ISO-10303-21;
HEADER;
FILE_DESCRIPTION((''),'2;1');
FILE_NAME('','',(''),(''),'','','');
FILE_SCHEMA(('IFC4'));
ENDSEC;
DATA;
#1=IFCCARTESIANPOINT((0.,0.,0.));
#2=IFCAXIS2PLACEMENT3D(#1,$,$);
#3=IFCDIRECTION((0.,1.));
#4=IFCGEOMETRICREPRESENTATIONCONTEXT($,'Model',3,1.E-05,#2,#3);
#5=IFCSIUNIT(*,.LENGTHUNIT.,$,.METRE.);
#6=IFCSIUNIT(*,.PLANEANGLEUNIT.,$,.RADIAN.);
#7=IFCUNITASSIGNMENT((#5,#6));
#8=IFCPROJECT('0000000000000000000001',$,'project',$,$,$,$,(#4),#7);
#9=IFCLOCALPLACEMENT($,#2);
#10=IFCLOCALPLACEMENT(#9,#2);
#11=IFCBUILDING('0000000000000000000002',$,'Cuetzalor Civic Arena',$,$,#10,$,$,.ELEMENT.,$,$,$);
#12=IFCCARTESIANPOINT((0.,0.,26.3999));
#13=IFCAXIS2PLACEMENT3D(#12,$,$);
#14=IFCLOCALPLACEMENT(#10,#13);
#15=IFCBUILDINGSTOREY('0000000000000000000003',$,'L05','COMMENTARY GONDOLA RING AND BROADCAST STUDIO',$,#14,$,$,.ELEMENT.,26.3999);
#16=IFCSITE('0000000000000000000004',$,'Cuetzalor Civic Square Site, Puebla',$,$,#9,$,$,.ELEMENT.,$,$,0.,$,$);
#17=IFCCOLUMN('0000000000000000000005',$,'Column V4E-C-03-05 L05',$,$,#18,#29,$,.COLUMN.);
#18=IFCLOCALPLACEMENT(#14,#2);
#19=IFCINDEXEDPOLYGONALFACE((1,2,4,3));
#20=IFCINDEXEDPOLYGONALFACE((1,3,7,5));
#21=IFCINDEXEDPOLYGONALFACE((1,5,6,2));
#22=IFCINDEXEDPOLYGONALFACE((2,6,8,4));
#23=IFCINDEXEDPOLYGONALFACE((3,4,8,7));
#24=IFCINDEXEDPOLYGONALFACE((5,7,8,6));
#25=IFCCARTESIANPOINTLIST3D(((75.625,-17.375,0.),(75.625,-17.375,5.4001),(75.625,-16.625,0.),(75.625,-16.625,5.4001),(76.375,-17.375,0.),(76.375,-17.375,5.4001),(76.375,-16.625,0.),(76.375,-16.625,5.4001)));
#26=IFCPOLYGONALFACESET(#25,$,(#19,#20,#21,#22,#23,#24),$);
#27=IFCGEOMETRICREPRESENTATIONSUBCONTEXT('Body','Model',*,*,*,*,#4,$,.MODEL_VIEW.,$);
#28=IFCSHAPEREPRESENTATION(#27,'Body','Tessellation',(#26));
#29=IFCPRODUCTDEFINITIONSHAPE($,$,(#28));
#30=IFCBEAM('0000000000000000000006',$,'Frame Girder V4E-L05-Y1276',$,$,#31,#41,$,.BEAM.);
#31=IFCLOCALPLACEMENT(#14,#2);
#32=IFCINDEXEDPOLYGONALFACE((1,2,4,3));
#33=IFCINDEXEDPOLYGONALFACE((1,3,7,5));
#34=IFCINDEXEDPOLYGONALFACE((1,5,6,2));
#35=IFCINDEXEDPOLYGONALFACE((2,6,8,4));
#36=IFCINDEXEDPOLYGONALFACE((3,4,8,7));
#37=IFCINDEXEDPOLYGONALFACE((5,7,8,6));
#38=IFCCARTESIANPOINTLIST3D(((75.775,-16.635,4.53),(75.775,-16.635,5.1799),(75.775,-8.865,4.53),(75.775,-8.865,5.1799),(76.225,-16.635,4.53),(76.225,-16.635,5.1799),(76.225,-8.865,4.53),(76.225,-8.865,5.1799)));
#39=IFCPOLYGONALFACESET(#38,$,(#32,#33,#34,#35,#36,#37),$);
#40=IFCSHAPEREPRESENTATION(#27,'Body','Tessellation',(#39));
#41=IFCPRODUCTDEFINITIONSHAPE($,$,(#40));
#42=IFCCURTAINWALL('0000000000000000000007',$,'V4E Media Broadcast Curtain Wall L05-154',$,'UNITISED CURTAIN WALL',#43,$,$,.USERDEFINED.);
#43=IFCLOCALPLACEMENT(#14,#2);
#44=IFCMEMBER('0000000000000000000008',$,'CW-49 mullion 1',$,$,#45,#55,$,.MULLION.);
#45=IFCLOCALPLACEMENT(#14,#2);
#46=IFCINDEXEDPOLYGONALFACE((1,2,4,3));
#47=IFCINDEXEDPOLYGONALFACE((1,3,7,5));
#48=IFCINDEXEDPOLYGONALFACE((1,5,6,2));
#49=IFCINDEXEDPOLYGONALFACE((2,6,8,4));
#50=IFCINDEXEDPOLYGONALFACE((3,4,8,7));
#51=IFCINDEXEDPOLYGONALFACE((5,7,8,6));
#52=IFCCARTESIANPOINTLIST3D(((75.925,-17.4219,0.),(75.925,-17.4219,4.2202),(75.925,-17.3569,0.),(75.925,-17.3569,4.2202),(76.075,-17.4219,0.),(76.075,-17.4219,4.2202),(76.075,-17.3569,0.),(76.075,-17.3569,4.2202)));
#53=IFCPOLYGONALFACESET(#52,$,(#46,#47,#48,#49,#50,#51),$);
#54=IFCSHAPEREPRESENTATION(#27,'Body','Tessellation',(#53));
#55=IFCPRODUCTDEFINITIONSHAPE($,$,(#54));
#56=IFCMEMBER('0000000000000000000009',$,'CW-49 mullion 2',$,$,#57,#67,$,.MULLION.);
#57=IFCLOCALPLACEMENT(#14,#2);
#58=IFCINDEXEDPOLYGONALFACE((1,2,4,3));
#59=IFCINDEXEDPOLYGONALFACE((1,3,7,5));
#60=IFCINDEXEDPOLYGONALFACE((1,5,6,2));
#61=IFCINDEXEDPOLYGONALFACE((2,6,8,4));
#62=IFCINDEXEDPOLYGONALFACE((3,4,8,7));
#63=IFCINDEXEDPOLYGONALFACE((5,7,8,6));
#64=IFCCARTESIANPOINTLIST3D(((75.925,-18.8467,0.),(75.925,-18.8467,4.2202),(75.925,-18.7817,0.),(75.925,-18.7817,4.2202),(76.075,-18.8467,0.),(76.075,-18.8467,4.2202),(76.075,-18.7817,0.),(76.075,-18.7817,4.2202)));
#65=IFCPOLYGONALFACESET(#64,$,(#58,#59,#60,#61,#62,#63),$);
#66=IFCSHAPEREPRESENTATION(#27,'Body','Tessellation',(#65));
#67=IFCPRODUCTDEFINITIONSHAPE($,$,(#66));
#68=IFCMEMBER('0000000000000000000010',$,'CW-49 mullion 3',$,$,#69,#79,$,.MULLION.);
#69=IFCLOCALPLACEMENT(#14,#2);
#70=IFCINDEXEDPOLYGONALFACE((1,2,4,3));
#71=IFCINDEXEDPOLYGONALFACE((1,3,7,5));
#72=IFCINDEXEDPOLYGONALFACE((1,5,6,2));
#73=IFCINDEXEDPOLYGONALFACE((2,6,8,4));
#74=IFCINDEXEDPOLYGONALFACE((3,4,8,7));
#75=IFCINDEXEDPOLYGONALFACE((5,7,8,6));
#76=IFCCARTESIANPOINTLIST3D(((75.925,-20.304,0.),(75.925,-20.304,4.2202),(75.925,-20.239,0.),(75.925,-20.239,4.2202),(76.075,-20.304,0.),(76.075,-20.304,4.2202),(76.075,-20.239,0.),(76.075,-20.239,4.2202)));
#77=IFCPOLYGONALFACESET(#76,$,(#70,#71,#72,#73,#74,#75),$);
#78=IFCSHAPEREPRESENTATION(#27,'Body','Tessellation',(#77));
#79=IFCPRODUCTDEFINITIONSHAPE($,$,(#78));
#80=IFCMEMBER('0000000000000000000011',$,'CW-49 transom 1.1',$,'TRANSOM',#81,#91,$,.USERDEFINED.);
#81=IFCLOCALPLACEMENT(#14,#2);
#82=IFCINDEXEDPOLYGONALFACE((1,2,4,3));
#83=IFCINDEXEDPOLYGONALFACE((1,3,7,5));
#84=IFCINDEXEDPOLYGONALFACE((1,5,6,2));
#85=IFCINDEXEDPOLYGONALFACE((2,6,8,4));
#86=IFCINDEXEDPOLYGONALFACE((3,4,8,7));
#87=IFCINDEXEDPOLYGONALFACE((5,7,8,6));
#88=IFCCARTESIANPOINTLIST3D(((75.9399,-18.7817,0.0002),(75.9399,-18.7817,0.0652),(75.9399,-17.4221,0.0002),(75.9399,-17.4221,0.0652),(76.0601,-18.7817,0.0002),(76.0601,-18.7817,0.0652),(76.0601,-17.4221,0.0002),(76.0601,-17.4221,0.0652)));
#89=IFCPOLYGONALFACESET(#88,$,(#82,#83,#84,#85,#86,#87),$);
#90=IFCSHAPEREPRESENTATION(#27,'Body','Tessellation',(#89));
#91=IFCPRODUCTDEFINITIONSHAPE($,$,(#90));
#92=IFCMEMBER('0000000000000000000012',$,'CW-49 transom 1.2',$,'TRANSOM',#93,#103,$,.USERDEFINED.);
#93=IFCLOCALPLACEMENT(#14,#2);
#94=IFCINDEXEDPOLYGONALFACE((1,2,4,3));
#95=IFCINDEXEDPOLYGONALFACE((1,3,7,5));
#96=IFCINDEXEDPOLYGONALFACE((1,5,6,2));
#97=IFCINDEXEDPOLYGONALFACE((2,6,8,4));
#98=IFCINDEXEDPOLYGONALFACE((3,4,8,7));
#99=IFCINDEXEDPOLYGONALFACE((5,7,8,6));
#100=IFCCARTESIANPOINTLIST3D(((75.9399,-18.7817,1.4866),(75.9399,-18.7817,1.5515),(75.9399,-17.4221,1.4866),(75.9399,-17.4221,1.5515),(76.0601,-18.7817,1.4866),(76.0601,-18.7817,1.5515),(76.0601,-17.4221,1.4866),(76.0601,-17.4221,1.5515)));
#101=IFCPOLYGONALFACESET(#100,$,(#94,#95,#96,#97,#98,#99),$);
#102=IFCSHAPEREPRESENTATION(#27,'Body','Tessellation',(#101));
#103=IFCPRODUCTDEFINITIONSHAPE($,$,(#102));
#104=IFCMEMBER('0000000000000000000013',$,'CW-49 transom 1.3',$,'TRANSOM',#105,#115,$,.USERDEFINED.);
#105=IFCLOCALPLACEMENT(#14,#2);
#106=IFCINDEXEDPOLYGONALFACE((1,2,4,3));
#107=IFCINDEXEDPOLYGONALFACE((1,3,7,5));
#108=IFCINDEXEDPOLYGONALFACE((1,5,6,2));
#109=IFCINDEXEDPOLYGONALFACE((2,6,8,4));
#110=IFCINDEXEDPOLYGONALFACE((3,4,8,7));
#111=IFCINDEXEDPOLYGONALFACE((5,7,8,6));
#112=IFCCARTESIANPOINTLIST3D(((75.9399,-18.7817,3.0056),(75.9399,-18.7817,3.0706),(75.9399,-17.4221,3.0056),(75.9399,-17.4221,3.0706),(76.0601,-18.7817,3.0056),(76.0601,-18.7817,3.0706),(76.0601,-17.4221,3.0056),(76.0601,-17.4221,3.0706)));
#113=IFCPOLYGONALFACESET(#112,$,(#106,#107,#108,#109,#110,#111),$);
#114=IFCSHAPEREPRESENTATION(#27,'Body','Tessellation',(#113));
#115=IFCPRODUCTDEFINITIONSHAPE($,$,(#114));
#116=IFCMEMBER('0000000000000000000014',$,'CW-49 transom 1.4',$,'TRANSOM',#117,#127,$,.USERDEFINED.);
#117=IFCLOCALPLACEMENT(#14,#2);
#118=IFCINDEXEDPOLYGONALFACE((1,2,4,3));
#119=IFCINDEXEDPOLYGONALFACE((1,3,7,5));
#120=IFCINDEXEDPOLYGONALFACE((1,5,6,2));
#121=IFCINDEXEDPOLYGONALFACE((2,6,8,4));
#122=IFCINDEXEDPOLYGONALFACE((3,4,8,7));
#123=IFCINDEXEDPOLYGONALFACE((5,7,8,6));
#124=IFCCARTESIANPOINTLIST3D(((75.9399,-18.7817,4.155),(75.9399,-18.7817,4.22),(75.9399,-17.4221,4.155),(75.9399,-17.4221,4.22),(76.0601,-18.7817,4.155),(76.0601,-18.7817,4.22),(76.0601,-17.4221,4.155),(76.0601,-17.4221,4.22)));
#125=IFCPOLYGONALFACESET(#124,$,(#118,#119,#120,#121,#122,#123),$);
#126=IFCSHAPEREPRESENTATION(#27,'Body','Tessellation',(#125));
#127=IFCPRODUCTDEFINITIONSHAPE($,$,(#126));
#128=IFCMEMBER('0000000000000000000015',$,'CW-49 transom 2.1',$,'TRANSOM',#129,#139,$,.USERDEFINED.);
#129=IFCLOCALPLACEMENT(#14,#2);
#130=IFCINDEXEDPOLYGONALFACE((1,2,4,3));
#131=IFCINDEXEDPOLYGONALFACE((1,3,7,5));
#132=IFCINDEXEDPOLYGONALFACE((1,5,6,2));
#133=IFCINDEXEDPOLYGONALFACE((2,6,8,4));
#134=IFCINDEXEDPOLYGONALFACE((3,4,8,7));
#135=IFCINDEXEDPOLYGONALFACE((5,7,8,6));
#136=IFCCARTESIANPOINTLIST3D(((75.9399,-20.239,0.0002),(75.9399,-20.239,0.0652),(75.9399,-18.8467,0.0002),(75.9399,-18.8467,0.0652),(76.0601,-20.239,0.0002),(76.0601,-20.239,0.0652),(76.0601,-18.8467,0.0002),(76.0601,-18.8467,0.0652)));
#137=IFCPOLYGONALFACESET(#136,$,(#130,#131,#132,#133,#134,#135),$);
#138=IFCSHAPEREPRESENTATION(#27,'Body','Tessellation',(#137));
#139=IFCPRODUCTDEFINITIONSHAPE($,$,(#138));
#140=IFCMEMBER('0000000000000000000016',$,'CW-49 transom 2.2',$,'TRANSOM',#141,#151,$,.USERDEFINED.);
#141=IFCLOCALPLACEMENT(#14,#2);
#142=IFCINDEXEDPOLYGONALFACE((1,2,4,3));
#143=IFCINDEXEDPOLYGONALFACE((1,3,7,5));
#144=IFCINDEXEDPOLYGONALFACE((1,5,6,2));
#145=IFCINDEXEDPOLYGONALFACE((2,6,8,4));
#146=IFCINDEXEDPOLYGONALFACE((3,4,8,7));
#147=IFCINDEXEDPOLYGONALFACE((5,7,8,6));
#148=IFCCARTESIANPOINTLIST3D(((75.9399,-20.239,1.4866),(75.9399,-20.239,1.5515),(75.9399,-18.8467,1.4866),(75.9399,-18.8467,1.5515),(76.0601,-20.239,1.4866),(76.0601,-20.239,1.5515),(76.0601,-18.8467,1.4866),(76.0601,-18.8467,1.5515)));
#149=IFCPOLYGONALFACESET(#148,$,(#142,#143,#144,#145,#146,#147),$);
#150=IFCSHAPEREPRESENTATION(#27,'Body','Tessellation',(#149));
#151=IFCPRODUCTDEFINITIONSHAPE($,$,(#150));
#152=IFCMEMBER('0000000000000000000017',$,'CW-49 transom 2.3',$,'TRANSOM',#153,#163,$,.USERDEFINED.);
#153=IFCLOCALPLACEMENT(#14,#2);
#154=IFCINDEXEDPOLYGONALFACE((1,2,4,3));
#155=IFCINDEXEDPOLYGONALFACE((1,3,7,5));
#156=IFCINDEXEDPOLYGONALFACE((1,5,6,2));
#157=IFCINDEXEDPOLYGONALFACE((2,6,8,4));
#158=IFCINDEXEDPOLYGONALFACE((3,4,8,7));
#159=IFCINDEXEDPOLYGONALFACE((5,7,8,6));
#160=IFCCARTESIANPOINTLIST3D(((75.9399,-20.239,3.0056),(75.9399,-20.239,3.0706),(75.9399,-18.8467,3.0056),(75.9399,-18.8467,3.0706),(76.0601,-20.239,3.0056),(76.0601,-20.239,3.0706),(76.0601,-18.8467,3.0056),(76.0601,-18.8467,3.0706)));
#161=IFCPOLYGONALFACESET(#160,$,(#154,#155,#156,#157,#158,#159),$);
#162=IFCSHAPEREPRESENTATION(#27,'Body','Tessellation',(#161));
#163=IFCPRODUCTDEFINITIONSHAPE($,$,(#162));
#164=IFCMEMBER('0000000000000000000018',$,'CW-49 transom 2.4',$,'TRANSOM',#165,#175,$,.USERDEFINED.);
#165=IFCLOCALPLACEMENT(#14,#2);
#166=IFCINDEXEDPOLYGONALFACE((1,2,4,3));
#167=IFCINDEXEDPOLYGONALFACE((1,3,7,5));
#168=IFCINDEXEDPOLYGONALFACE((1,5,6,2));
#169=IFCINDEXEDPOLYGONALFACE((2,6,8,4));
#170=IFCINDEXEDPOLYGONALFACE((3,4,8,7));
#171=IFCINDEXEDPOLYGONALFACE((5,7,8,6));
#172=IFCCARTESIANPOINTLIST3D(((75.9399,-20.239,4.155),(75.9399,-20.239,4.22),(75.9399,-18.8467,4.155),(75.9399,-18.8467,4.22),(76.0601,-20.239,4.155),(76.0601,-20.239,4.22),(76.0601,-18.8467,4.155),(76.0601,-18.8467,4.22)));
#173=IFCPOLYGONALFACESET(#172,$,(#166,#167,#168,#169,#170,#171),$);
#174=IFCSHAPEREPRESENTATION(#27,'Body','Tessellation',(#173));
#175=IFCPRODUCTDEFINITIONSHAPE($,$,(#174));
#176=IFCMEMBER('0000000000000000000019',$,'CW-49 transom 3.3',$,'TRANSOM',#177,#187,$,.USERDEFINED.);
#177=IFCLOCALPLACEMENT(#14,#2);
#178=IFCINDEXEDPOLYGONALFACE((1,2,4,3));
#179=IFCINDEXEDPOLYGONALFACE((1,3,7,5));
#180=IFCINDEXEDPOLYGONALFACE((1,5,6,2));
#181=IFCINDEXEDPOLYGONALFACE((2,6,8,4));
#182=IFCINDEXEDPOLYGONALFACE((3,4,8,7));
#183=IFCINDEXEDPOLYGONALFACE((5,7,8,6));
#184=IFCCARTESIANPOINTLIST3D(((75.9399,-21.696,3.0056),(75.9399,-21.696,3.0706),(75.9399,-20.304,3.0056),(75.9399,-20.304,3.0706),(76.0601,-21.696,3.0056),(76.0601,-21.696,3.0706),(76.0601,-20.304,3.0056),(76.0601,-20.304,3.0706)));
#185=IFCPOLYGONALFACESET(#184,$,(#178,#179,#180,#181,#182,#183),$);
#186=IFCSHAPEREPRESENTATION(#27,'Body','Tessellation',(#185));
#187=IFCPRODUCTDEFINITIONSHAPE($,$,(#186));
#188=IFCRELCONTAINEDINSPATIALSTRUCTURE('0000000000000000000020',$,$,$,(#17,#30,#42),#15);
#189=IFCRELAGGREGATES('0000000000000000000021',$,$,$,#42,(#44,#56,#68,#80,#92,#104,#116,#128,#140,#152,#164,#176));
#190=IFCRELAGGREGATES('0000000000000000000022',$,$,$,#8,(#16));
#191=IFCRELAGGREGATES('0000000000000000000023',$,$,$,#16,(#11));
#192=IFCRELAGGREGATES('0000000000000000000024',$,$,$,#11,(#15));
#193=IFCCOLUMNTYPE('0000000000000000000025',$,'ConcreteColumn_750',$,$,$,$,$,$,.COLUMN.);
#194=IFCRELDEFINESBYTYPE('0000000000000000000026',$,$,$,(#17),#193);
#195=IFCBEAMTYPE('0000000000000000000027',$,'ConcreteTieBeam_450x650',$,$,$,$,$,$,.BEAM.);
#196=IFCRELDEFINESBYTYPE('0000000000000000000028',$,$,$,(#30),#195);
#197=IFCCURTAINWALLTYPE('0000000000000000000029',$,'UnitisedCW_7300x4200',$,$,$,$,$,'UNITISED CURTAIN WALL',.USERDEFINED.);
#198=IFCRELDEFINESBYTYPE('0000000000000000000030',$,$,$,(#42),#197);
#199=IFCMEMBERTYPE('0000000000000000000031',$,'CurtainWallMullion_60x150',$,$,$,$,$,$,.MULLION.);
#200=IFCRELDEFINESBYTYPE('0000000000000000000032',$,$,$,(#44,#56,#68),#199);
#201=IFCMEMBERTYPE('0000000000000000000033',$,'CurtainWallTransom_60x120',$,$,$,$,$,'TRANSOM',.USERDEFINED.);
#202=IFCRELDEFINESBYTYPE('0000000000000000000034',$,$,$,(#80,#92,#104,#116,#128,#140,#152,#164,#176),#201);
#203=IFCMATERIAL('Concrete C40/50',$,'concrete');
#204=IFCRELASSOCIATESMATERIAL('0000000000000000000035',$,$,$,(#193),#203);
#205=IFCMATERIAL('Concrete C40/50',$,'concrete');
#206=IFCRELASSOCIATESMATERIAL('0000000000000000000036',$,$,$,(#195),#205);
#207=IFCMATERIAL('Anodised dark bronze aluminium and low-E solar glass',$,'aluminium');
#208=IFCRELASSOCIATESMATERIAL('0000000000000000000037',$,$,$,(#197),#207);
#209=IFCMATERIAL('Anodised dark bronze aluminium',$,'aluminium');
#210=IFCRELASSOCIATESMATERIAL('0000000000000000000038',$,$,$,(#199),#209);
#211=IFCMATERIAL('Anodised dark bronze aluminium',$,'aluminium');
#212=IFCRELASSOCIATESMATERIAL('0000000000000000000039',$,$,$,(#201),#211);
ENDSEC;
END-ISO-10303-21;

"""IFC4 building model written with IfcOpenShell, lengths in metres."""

from ifc_helpers import new_model, si_unit, direction, frame, origin, origin_2d, place, context, subcontext, project, spatial, rectangle, extrude, material, material_profile, profile_set, type_object, element, aggregate, save


model = new_model("IFC4")

# Units and contexts
model_context = context("Model", 3, precision=1e-05, world=origin(), true_north=direction((0.0, 1.0)))
body_context = subcontext(model_context, "Body", "Model", "MODEL_VIEW")
ifc_project = project(units=[si_unit("LENGTHUNIT", "METRE"), si_unit("PLANEANGLEUNIT", "RADIAN")], contexts=[model_context])

# Site, building, storey
site_placement = place(None, origin())
site = spatial("IfcSite", under=ifc_project, at=site_placement, Name="Cuetzalor Civic Square Site, Puebla", CompositionType="ELEMENT", RefElevation=0.0)
building_placement = place(site_placement, origin())
building = spatial("IfcBuilding", under=site, at=building_placement, Name="Cuetzalor Civic Arena", CompositionType="ELEMENT")
storey_placement = place(building_placement, frame((0.0, 0.0, 26.3999)))
storey = spatial("IfcBuildingStorey", under=building, at=storey_placement, Name="L05", Description="COMMENTARY GONDOLA RING AND BROADCAST STUDIO", CompositionType="ELEMENT", Elevation=26.3999)

# Column
ifc_material_1 = material(Name="Concrete C40/50", Category="concrete")
ifc_material_profile_1 = material_profile(ifc_material_1, rectangle(XDim=0.75, YDim=0.75, at=origin_2d()), Name="RC 750x750")
ifc_profile_set_1 = profile_set([ifc_material_profile_1], Name="Concrete C40/50")
column_type = type_object("IfcColumnType", Name="ConcreteColumn_750", PredefinedType="COLUMN", material=ifc_profile_set_1)
column_placement = place(storey_placement, frame((76.0, -17.0, 0.0), z_axis=(0.0, 0.0, 1.0), x_axis=(1.0, 0.0, 0.0)))
element("IfcColumn", 1, at=column_placement, inside=storey, type_object=column_type, Name="Column V4E-C-03-05 L05", PredefinedType="COLUMN", context=body_context, shape_type="SweptSolid", body=[
    extrude(rectangle(XDim=0.75, YDim=0.75, at=origin_2d()), origin(), (0.0, 0.0, 1.0), 5.4001),
])

# Beam
ifc_material_2 = material(Name="Concrete C40/50", Category="concrete")
ifc_material_profile_2 = material_profile(ifc_material_2, rectangle(XDim=0.45, YDim=0.6499, at=origin_2d()), Name="RC 450x650")
ifc_profile_set_2 = profile_set([ifc_material_profile_2], Name="Concrete C40/50")
beam_type = type_object("IfcBeamType", Name="ConcreteTieBeam_450x650", PredefinedType="BEAM", material=ifc_profile_set_2)
beam_placement = place(storey_placement, frame((76.0, -16.635, 4.855), z_axis=(0.0, 1.0, 0.0), x_axis=(-1.0, 0.0, 0.0)))
element("IfcBeam", 2, at=beam_placement, inside=storey, type_object=beam_type, Name="Frame Girder V4E-L05-Y1276", PredefinedType="BEAM", context=body_context, shape_type="SweptSolid", body=[
    extrude(rectangle(XDim=0.45, YDim=0.6499, at=origin_2d()), origin(), (0.0, 0.0, 1.0), 7.77),
])

# Curtain wall, members
ifc_material_3 = material(Name="Anodised dark bronze aluminium and low-E solar glass", Category="aluminium")
curtain_wall_type = type_object("IfcCurtainWallType", Name="UnitisedCW_7300x4200", ElementType="UNITISED CURTAIN WALL", PredefinedType="USERDEFINED", material=ifc_material_3)
curtain_wall_placement = place(storey_placement, origin())
curtain_wall = element("IfcCurtainWall", 3, at=curtain_wall_placement, inside=storey, type_object=curtain_wall_type, Name="V4E Media Broadcast Curtain Wall L05-154", ObjectType="UNITISED CURTAIN WALL", PredefinedType="USERDEFINED")
ifc_material_4 = material(Name="Anodised dark bronze aluminium", Category="aluminium")
ifc_material_profile_3 = material_profile(ifc_material_4, rectangle(XDim=0.0649, YDim=0.1499, at=origin_2d()), Name="ALU MULLION 65x150")
ifc_profile_set_3 = profile_set([ifc_material_profile_3], Name="Anodised dark bronze aluminium")
member_type_1 = type_object("IfcMemberType", Name="CurtainWallMullion_60x150", PredefinedType="MULLION", material=ifc_profile_set_3)
member_1_placement = place(storey_placement, frame((76.0, -17.3894, 0.0), z_axis=(0.0, 0.0, 1.0), x_axis=(0.0, -1.0, 0.0)))
member_1 = element("IfcMember", 4, at=member_1_placement, type_object=member_type_1, Name="CW-49 mullion 1", PredefinedType="MULLION", context=body_context, shape_type="SweptSolid", body=[
    extrude(rectangle(XDim=0.0649, YDim=0.1499, at=origin_2d()), origin(), (0.0, 0.0, 1.0), 4.2202),
])
member_2_placement = place(storey_placement, frame((76.0, -18.8142, 0.0), z_axis=(0.0, 0.0, 1.0), x_axis=(0.0, -1.0, 0.0)))
member_2 = element("IfcMember", 5, at=member_2_placement, type_object=member_type_1, Name="CW-49 mullion 2", PredefinedType="MULLION", context=body_context, shape_type="SweptSolid", body=[
    extrude(rectangle(XDim=0.0649, YDim=0.1499, at=origin_2d()), origin(), (0.0, 0.0, 1.0), 4.2202),
])
member_3_placement = place(storey_placement, frame((76.0, -20.2715, 0.0), z_axis=(0.0, 0.0, 1.0), x_axis=(0.0, -1.0, 0.0)))
member_3 = element("IfcMember", 6, at=member_3_placement, type_object=member_type_1, Name="CW-49 mullion 3", PredefinedType="MULLION", context=body_context, shape_type="SweptSolid", body=[
    extrude(rectangle(XDim=0.0649, YDim=0.1499, at=origin_2d()), origin(), (0.0, 0.0, 1.0), 4.2202),
])
ifc_material_5 = material(Name="Anodised dark bronze aluminium", Category="aluminium")
ifc_material_profile_4 = material_profile(ifc_material_5, rectangle(XDim=0.1201, YDim=0.0649, at=origin_2d()), Name="ALU TRANSOM 65x120")
ifc_profile_set_4 = profile_set([ifc_material_profile_4], Name="Anodised dark bronze aluminium")
member_type_2 = type_object("IfcMemberType", Name="CurtainWallTransom_60x120", ElementType="TRANSOM", PredefinedType="USERDEFINED", material=ifc_profile_set_4)
member_4_placement = place(storey_placement, frame((76.0, -17.4221, 0.0327), z_axis=(0.0, -1.0, 0.0), x_axis=(1.0, 0.0, 0.0)))
member_4 = element("IfcMember", 7, at=member_4_placement, type_object=member_type_2, Name="CW-49 transom 1.1", ObjectType="TRANSOM", PredefinedType="USERDEFINED", context=body_context, shape_type="SweptSolid", body=[
    extrude(rectangle(XDim=0.1201, YDim=0.0649, at=origin_2d()), origin(), (0.0, 0.0, 1.0), 1.3596),
])
member_5_placement = place(storey_placement, frame((76.0, -17.4221, 1.519), z_axis=(0.0, -1.0, 0.0), x_axis=(1.0, 0.0, 0.0)))
member_5 = element("IfcMember", 8, at=member_5_placement, type_object=member_type_2, Name="CW-49 transom 1.2", ObjectType="TRANSOM", PredefinedType="USERDEFINED", context=body_context, shape_type="SweptSolid", body=[
    extrude(rectangle(XDim=0.1201, YDim=0.0649, at=origin_2d()), origin(), (0.0, 0.0, 1.0), 1.3596),
])
member_6_placement = place(storey_placement, frame((76.0, -17.4221, 3.0381), z_axis=(0.0, -1.0, 0.0), x_axis=(1.0, 0.0, 0.0)))
member_6 = element("IfcMember", 9, at=member_6_placement, type_object=member_type_2, Name="CW-49 transom 1.3", ObjectType="TRANSOM", PredefinedType="USERDEFINED", context=body_context, shape_type="SweptSolid", body=[
    extrude(rectangle(XDim=0.1201, YDim=0.0649, at=origin_2d()), origin(), (0.0, 0.0, 1.0), 1.3596),
])
member_7_placement = place(storey_placement, frame((76.0, -17.4221, 4.1875), z_axis=(0.0, -1.0, 0.0), x_axis=(1.0, 0.0, 0.0)))
member_7 = element("IfcMember", 10, at=member_7_placement, type_object=member_type_2, Name="CW-49 transom 1.4", ObjectType="TRANSOM", PredefinedType="USERDEFINED", context=body_context, shape_type="SweptSolid", body=[
    extrude(rectangle(XDim=0.1201, YDim=0.0649, at=origin_2d()), origin(), (0.0, 0.0, 1.0), 1.3596),
])
member_8_placement = place(storey_placement, frame((76.0, -18.8467, 0.0327), z_axis=(0.0, -1.0, 0.0), x_axis=(1.0, 0.0, 0.0)))
member_8 = element("IfcMember", 11, at=member_8_placement, type_object=member_type_2, Name="CW-49 transom 2.1", ObjectType="TRANSOM", PredefinedType="USERDEFINED", context=body_context, shape_type="SweptSolid", body=[
    extrude(rectangle(XDim=0.1201, YDim=0.0649, at=origin_2d()), origin(), (0.0, 0.0, 1.0), 1.3923),
])
member_9_placement = place(storey_placement, frame((76.0, -18.8467, 1.519), z_axis=(0.0, -1.0, 0.0), x_axis=(1.0, 0.0, 0.0)))
member_9 = element("IfcMember", 12, at=member_9_placement, type_object=member_type_2, Name="CW-49 transom 2.2", ObjectType="TRANSOM", PredefinedType="USERDEFINED", context=body_context, shape_type="SweptSolid", body=[
    extrude(rectangle(XDim=0.1201, YDim=0.0649, at=origin_2d()), origin(), (0.0, 0.0, 1.0), 1.3923),
])
member_10_placement = place(storey_placement, frame((76.0, -18.8467, 3.0381), z_axis=(0.0, -1.0, 0.0), x_axis=(1.0, 0.0, 0.0)))
member_10 = element("IfcMember", 13, at=member_10_placement, type_object=member_type_2, Name="CW-49 transom 2.3", ObjectType="TRANSOM", PredefinedType="USERDEFINED", context=body_context, shape_type="SweptSolid", body=[
    extrude(rectangle(XDim=0.1201, YDim=0.0649, at=origin_2d()), origin(), (0.0, 0.0, 1.0), 1.3923),
])
member_11_placement = place(storey_placement, frame((76.0, -18.8467, 4.1875), z_axis=(0.0, -1.0, 0.0), x_axis=(1.0, 0.0, 0.0)))
member_11 = element("IfcMember", 14, at=member_11_placement, type_object=member_type_2, Name="CW-49 transom 2.4", ObjectType="TRANSOM", PredefinedType="USERDEFINED", context=body_context, shape_type="SweptSolid", body=[
    extrude(rectangle(XDim=0.1201, YDim=0.0649, at=origin_2d()), origin(), (0.0, 0.0, 1.0), 1.3923),
])
member_12_placement = place(storey_placement, frame((76.0, -20.304, 3.0381), z_axis=(0.0, -1.0, 0.0), x_axis=(1.0, 0.0, 0.0)))
member_12 = element("IfcMember", 15, at=member_12_placement, type_object=member_type_2, Name="CW-49 transom 3.3", ObjectType="TRANSOM", PredefinedType="USERDEFINED", context=body_context, shape_type="SweptSolid", body=[
    extrude(rectangle(XDim=0.1201, YDim=0.0649, at=origin_2d()), origin(), (0.0, 0.0, 1.0), 1.3921),
])
aggregate(curtain_wall, [member_1, member_2, member_3, member_4, member_5, member_6, member_7, member_8, member_9, member_10, member_11, member_12])

save(model, "model.ifc")
